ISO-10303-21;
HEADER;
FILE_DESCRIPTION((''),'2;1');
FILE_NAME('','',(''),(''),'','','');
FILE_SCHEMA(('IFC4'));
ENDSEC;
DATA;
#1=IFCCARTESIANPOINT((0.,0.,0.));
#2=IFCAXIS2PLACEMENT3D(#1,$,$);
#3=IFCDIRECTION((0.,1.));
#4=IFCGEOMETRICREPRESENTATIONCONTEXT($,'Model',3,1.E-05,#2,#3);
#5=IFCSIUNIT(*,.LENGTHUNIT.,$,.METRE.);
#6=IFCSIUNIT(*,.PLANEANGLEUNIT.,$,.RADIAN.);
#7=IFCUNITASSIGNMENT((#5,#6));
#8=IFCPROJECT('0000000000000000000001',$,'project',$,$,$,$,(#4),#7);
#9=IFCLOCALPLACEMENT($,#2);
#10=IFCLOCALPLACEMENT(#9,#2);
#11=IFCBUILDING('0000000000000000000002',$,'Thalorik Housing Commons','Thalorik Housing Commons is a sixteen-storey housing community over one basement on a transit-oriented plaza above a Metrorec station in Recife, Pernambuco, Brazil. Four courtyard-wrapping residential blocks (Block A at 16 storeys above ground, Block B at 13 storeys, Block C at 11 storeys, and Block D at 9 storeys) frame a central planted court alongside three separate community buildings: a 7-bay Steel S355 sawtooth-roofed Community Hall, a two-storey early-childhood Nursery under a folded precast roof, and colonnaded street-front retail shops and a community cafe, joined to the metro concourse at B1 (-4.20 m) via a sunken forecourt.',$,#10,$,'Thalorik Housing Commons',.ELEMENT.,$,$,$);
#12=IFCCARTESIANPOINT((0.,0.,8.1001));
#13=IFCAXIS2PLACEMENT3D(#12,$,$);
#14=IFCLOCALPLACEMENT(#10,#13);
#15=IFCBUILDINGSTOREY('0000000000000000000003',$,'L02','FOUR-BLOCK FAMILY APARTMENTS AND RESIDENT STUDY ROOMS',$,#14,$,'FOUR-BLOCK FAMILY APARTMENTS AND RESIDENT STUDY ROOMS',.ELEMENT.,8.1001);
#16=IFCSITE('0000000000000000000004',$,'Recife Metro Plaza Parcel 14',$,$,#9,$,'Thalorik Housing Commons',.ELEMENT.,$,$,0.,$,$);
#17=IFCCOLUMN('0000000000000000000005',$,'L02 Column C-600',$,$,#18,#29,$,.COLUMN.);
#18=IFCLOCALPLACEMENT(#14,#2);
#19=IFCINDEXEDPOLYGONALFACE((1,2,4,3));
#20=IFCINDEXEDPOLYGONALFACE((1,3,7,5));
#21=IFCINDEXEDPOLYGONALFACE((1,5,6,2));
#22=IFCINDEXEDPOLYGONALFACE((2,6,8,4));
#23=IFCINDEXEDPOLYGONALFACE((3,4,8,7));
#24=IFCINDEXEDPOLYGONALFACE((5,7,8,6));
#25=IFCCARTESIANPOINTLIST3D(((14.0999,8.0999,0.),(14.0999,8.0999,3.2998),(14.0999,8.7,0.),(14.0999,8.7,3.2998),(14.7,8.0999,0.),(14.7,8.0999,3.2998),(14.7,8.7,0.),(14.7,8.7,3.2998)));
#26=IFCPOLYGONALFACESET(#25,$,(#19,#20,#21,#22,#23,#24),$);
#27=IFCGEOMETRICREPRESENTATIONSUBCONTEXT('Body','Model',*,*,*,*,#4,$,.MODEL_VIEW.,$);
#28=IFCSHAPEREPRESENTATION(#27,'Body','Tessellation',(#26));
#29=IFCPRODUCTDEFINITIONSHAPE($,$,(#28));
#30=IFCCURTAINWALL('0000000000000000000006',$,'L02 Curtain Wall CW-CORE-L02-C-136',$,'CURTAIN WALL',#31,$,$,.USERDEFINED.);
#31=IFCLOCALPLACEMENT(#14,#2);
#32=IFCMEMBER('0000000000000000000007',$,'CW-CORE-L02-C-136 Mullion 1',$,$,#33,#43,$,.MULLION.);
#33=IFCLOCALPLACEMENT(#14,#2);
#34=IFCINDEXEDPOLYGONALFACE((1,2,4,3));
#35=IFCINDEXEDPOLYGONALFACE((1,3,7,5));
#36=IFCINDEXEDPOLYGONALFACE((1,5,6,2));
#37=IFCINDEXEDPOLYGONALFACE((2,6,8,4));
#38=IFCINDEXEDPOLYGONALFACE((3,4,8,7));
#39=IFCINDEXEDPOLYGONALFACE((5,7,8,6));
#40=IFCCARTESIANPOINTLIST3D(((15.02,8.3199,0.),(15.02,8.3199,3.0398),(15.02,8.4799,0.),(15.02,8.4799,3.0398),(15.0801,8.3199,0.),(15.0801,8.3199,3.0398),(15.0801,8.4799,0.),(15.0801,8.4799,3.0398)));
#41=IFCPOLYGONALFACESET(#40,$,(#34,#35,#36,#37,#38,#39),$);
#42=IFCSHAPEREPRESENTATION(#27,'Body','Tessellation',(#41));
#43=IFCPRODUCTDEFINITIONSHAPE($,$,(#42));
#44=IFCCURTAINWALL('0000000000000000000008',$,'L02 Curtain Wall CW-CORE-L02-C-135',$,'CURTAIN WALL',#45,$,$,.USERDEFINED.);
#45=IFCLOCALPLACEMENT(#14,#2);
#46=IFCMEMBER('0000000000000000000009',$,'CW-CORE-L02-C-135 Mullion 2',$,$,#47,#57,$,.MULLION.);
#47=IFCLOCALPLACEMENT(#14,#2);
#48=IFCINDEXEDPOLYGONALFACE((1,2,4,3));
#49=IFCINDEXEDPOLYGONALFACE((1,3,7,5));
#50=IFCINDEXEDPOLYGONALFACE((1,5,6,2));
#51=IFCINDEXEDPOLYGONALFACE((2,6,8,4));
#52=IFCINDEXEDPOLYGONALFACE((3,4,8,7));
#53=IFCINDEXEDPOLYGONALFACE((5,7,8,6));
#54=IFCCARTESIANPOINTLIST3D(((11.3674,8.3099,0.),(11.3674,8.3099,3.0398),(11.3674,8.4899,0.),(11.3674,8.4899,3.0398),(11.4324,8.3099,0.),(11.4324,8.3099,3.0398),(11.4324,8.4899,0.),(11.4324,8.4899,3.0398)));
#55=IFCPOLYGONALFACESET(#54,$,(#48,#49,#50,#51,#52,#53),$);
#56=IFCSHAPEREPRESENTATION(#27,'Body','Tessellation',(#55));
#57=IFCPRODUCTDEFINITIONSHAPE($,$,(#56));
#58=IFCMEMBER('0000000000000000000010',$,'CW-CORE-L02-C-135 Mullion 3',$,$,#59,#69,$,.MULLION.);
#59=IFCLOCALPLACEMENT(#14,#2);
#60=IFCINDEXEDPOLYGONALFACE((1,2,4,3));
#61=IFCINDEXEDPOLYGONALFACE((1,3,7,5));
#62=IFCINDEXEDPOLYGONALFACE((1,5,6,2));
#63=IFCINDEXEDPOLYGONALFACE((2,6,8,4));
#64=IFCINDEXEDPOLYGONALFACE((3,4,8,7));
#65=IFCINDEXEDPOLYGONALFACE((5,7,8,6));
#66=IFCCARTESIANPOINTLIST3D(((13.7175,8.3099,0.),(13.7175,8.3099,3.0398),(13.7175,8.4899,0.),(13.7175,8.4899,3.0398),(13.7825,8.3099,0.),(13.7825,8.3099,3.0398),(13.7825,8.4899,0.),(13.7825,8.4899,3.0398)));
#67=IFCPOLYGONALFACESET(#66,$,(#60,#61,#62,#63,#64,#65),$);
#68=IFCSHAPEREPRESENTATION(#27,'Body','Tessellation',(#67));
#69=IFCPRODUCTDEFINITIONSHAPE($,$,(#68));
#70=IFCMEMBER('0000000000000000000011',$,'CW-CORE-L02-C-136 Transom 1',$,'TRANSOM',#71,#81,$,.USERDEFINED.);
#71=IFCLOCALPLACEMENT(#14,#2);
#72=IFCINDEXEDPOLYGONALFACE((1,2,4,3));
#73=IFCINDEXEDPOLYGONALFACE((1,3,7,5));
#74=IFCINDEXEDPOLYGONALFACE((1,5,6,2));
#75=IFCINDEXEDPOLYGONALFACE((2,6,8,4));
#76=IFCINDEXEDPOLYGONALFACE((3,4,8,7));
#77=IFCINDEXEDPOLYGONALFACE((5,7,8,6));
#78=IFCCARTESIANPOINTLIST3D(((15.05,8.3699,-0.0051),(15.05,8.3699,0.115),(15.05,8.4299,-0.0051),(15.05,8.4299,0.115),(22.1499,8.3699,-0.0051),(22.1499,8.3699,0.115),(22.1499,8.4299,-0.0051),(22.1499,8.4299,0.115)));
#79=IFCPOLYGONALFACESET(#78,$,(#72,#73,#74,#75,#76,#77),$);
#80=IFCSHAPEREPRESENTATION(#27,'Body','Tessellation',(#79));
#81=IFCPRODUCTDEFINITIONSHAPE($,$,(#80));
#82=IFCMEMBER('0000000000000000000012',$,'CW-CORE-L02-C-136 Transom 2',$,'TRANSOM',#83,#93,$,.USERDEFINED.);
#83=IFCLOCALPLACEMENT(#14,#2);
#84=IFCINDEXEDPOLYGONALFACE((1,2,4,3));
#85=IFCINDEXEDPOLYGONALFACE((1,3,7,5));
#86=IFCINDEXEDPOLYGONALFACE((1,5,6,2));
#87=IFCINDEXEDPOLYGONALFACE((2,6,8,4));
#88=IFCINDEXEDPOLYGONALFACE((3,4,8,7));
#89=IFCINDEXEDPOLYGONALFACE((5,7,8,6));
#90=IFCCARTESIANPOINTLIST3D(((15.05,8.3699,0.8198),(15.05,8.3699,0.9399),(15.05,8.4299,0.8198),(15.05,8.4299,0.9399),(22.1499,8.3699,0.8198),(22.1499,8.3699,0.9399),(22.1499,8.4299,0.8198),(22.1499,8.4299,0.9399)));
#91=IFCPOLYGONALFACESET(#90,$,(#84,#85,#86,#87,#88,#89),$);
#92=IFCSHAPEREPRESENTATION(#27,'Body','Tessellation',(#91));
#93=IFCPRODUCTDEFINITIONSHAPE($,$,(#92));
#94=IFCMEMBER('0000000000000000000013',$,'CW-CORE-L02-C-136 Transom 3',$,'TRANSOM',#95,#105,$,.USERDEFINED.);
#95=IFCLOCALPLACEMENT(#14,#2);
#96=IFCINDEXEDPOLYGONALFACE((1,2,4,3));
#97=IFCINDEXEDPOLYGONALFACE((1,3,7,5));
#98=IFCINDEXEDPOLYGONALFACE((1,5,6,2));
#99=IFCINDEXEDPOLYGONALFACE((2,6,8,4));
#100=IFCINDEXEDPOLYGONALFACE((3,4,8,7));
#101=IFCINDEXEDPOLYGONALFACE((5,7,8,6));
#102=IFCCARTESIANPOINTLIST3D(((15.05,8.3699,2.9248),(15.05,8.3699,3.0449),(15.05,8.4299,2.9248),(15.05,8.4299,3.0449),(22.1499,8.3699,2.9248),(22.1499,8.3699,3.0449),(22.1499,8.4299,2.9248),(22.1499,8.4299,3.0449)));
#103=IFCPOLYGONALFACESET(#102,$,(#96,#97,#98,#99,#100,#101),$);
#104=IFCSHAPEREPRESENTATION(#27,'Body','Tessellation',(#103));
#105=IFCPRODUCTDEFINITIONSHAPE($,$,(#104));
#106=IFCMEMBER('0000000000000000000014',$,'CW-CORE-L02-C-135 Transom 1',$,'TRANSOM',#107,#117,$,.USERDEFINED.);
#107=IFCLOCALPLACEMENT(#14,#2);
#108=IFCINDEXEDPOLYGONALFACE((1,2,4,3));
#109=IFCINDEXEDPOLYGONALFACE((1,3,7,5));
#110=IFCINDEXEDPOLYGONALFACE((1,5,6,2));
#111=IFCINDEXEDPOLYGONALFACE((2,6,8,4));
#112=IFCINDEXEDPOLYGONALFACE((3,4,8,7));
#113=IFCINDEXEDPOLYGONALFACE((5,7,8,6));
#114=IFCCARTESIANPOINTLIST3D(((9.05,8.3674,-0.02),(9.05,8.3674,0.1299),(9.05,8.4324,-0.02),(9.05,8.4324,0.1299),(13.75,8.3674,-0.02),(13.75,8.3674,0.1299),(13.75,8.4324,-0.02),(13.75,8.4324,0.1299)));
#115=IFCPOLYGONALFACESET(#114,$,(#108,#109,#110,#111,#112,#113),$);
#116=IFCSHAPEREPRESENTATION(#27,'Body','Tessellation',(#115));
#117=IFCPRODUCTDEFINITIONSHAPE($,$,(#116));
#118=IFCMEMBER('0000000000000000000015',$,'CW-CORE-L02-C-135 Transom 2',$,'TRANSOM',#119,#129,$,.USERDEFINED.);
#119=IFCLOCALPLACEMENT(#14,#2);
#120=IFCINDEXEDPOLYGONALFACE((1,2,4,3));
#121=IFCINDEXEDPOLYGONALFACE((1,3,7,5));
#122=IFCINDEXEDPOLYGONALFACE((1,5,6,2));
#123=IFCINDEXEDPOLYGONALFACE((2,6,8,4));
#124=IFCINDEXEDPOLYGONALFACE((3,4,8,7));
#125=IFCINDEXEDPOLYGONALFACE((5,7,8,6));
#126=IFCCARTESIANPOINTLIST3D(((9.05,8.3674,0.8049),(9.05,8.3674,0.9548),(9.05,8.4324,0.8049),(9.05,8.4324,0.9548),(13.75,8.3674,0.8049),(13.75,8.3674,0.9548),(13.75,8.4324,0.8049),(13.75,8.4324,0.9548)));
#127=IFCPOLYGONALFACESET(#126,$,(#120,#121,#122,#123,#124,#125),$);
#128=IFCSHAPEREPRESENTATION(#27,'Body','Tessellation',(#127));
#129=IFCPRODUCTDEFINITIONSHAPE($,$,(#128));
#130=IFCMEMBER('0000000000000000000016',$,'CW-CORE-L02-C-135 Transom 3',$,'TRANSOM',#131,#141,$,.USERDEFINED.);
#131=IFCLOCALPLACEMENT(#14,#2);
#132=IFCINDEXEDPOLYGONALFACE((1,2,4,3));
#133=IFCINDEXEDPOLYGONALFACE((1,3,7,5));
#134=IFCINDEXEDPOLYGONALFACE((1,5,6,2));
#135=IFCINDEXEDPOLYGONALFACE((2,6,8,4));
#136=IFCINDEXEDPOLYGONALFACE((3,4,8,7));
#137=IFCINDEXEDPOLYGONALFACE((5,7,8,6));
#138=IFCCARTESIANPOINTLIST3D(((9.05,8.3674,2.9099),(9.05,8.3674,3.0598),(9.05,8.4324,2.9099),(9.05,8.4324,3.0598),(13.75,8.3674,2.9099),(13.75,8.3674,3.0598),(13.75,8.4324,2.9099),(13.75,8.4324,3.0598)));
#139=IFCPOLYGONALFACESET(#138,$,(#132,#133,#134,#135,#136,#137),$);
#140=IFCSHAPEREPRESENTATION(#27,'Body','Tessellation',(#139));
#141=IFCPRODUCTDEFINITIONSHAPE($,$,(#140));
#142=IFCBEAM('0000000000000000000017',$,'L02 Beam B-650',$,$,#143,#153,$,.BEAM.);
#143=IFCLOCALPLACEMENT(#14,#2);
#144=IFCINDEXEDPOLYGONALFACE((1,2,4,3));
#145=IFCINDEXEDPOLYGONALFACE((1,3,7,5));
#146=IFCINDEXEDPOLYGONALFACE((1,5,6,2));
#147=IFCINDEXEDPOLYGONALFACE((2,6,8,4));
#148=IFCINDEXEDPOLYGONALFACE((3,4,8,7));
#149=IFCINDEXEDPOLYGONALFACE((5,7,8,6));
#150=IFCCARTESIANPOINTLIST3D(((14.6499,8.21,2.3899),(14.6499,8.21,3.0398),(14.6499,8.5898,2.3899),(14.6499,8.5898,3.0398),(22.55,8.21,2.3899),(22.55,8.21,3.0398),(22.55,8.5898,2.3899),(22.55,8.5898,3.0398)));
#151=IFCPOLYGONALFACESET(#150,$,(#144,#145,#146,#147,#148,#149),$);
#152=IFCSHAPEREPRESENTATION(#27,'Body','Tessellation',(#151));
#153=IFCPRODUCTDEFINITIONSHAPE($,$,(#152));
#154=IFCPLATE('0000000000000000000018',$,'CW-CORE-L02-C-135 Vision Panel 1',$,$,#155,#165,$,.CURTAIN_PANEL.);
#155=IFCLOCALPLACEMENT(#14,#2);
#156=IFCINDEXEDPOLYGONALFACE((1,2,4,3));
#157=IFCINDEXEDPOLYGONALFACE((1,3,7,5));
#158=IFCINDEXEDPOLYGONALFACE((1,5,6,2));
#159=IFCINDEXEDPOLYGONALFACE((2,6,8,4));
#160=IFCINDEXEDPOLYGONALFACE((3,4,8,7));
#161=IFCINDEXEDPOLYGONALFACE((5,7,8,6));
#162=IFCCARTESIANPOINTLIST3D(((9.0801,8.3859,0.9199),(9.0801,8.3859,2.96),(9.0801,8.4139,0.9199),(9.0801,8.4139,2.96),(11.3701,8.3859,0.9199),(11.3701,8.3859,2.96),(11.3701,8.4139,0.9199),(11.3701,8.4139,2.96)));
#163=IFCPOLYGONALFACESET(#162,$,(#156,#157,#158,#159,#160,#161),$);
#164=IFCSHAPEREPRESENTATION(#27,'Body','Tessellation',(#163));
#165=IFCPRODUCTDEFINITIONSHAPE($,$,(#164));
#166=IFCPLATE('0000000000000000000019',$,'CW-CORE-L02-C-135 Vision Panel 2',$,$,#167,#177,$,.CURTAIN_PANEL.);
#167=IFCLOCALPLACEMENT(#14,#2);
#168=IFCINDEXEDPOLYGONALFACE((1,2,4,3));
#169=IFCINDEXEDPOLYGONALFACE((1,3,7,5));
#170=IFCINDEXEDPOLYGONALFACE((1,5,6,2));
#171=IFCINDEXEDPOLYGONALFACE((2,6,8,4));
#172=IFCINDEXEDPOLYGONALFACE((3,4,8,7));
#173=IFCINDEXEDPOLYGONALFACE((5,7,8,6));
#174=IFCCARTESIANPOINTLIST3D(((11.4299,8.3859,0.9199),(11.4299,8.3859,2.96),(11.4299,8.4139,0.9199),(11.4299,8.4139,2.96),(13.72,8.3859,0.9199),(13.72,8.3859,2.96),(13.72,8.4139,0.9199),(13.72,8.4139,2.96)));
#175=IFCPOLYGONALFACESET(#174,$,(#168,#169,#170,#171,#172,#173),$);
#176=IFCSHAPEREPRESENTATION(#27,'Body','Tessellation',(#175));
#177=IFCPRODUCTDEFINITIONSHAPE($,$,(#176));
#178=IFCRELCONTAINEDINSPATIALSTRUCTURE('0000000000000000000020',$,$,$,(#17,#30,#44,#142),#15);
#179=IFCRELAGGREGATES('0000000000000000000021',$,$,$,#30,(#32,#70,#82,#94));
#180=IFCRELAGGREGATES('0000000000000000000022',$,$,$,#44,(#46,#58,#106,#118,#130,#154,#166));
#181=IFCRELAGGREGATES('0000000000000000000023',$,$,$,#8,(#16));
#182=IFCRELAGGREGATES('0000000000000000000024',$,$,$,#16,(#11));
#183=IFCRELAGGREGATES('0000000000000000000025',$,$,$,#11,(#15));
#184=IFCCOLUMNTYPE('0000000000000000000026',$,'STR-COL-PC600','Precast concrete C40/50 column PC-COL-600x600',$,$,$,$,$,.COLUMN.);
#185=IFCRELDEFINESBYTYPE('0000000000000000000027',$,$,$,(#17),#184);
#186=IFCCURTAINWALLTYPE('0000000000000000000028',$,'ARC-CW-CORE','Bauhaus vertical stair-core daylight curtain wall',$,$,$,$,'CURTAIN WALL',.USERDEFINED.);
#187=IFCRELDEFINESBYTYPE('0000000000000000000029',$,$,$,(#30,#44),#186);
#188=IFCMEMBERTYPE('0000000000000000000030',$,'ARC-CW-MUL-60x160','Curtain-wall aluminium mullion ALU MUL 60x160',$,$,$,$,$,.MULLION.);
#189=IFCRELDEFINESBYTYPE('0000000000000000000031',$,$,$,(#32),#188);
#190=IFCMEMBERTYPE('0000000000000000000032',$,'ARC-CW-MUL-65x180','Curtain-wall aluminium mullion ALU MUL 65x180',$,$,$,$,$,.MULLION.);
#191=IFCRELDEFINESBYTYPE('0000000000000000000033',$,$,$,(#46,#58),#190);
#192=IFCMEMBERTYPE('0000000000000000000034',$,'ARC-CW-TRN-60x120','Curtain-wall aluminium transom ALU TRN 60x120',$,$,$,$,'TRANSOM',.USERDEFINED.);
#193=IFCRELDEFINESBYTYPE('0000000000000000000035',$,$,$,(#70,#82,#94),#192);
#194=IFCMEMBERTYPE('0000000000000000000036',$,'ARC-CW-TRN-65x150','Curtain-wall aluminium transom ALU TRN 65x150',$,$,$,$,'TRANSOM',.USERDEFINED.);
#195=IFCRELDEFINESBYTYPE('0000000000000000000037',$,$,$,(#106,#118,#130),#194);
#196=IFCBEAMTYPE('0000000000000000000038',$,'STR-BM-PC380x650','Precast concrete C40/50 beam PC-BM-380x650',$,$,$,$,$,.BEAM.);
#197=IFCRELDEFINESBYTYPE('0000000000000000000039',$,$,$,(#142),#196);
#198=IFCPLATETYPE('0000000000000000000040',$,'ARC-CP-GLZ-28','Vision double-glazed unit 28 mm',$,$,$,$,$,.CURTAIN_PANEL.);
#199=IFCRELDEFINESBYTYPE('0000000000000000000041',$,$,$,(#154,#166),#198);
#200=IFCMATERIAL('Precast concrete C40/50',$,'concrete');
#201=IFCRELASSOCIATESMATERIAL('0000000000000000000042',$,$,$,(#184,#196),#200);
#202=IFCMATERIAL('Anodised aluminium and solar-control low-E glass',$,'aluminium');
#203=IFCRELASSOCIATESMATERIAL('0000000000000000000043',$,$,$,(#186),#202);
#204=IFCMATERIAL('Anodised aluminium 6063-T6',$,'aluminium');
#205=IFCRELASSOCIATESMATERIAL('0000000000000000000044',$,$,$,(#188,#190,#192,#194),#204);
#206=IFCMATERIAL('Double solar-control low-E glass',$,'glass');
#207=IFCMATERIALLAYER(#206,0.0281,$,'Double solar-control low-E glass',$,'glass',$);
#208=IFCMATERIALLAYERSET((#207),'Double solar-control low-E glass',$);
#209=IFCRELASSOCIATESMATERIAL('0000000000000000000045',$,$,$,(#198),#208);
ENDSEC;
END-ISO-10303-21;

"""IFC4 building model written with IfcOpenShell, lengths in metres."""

from ifc_helpers import new_model, si_unit, direction, frame, origin, origin_2d, place, context, subcontext, project, spatial, rectangle, extrude, material, layer, layer_set, material_profile, profile_set, type_object, element, aggregate, save


model = new_model("IFC4")

# Units and contexts
model_context = context("Model", 3, precision=1e-05, world=origin(), true_north=direction((0.0, 1.0)))
body_context = subcontext(model_context, "Body", "Model", "MODEL_VIEW")
ifc_project = project(units=[si_unit("LENGTHUNIT", "METRE"), si_unit("PLANEANGLEUNIT", "RADIAN")], contexts=[model_context])

# Site, building, storey
site_placement = place(None, origin())
site = spatial("IfcSite", under=ifc_project, at=site_placement, Name="Recife Metro Plaza Parcel 14", LongName="Thalorik Housing Commons", CompositionType="ELEMENT", RefElevation=0.0)
building_placement = place(site_placement, origin())
building = spatial("IfcBuilding", under=site, at=building_placement, Name="Thalorik Housing Commons", Description="Thalorik Housing Commons is a sixteen-storey housing community over one basement on a transit-oriented plaza above a Metrorec station in Recife, Pernambuco, Brazil. Four courtyard-wrapping residential blocks (Block A at 16 storeys above ground, Block B at 13 storeys, Block C at 11 storeys, and Block D at 9 storeys) frame a central planted court alongside three separate community buildings: a 7-bay Steel S355 sawtooth-roofed Community Hall, a two-storey early-childhood Nursery under a folded precast roof, and colonnaded street-front retail shops and a community cafe, joined to the metro concourse at B1 (-4.20 m) via a sunken forecourt.", LongName="Thalorik Housing Commons", CompositionType="ELEMENT")
storey_placement = place(building_placement, frame((0.0, 0.0, 8.1001)))
storey = spatial("IfcBuildingStorey", under=building, at=storey_placement, Name="L02", Description="FOUR-BLOCK FAMILY APARTMENTS AND RESIDENT STUDY ROOMS", LongName="FOUR-BLOCK FAMILY APARTMENTS AND RESIDENT STUDY ROOMS", CompositionType="ELEMENT", Elevation=8.1001)

# Column
ifc_material_1 = material(Name="Precast concrete C40/50", Category="concrete")
ifc_material_profile_1 = material_profile(ifc_material_1, rectangle(XDim=0.6001, YDim=0.6001, at=origin_2d()), Name="PC 600x600", Category="concrete")
ifc_profile_set_1 = profile_set([ifc_material_profile_1], Name="Precast concrete C40/50")
column_type = type_object("IfcColumnType", Name="STR-COL-PC600", Description="Precast concrete C40/50 column PC-COL-600x600", PredefinedType="COLUMN", material=ifc_profile_set_1)
column_placement = place(storey_placement, frame((14.3999, 8.3999, 0.0), z_axis=(0.0, 0.0, 1.0), x_axis=(1.0, 0.0, 0.0)))
element("IfcColumn", 1, at=column_placement, inside=storey, type_object=column_type, Name="L02 Column C-600", PredefinedType="COLUMN", context=body_context, shape_type="SweptSolid", body=[
    extrude(rectangle(XDim=0.6001, YDim=0.6001, at=origin_2d()), origin(), (0.0, 0.0, 1.0), 3.2998),
])

# Curtain wall, member
ifc_material_2 = material(Name="Anodised aluminium and solar-control low-E glass", Category="aluminium")
curtain_wall_type = type_object("IfcCurtainWallType", Name="ARC-CW-CORE", Description="Bauhaus vertical stair-core daylight curtain wall", ElementType="CURTAIN WALL", PredefinedType="USERDEFINED", material=ifc_material_2)
curtain_wall_1_placement = place(storey_placement, origin())
curtain_wall_1 = element("IfcCurtainWall", 2, at=curtain_wall_1_placement, inside=storey, type_object=curtain_wall_type, Name="L02 Curtain Wall CW-CORE-L02-C-136", ObjectType="CURTAIN WALL", PredefinedType="USERDEFINED")
ifc_material_3 = material(Name="Anodised aluminium 6063-T6", Category="aluminium")
ifc_material_profile_2 = material_profile(ifc_material_3, rectangle(XDim=0.0601, YDim=0.1599, at=origin_2d()), Name="ALU MUL 60x160", Category="aluminium")
ifc_profile_set_2 = profile_set([ifc_material_profile_2], Name="Anodised aluminium 6063-T6")
member_type_1 = type_object("IfcMemberType", Name="ARC-CW-MUL-60x160", Description="Curtain-wall aluminium mullion ALU MUL 60x160", PredefinedType="MULLION", material=ifc_profile_set_2)
member_1_placement = place(storey_placement, frame((15.05, 8.3999, 0.0), z_axis=(0.0, 0.0, 1.0), x_axis=(1.0, 0.0, 0.0)))
member_1 = element("IfcMember", 3, at=member_1_placement, type_object=member_type_1, Name="CW-CORE-L02-C-136 Mullion 1", PredefinedType="MULLION", context=body_context, shape_type="SweptSolid", body=[
    extrude(rectangle(XDim=0.0601, YDim=0.1599, at=origin_2d()), origin(), (0.0, 0.0, 1.0), 3.0398),
])

# Curtain wall, members
curtain_wall_2_placement = place(storey_placement, origin())
curtain_wall_2 = element("IfcCurtainWall", 4, at=curtain_wall_2_placement, inside=storey, type_object=curtain_wall_type, Name="L02 Curtain Wall CW-CORE-L02-C-135", ObjectType="CURTAIN WALL", PredefinedType="USERDEFINED")
ifc_material_profile_3 = material_profile(ifc_material_3, rectangle(XDim=0.0649, YDim=0.1799, at=origin_2d()), Name="ALU MUL 65x180", Category="aluminium")
ifc_profile_set_3 = profile_set([ifc_material_profile_3], Name="Anodised aluminium 6063-T6")
member_type_2 = type_object("IfcMemberType", Name="ARC-CW-MUL-65x180", Description="Curtain-wall aluminium mullion ALU MUL 65x180", PredefinedType="MULLION", material=ifc_profile_set_3)
member_2_placement = place(storey_placement, frame((11.3999, 8.3999, 0.0), z_axis=(0.0, 0.0, 1.0), x_axis=(1.0, 0.0, 0.0)))
member_2 = element("IfcMember", 5, at=member_2_placement, type_object=member_type_2, Name="CW-CORE-L02-C-135 Mullion 2", PredefinedType="MULLION", context=body_context, shape_type="SweptSolid", body=[
    extrude(rectangle(XDim=0.0649, YDim=0.1799, at=origin_2d()), origin(), (0.0, 0.0, 1.0), 3.0398),
])
member_3_placement = place(storey_placement, frame((13.75, 8.3999, 0.0), z_axis=(0.0, 0.0, 1.0), x_axis=(1.0, 0.0, 0.0)))
member_3 = element("IfcMember", 6, at=member_3_placement, type_object=member_type_2, Name="CW-CORE-L02-C-135 Mullion 3", PredefinedType="MULLION", context=body_context, shape_type="SweptSolid", body=[
    extrude(rectangle(XDim=0.0649, YDim=0.1799, at=origin_2d()), origin(), (0.0, 0.0, 1.0), 3.0398),
])

# Members
ifc_material_profile_4 = material_profile(ifc_material_3, rectangle(XDim=0.0601, YDim=0.1201, at=origin_2d()), Name="ALU TRN 60x120", Category="aluminium")
ifc_profile_set_4 = profile_set([ifc_material_profile_4], Name="Anodised aluminium 6063-T6")
member_type_3 = type_object("IfcMemberType", Name="ARC-CW-TRN-60x120", Description="Curtain-wall aluminium transom ALU TRN 60x120", ElementType="TRANSOM", PredefinedType="USERDEFINED", material=ifc_profile_set_4)
member_4_placement = place(storey_placement, frame((15.05, 8.3999, 0.0549), z_axis=(1.0, 0.0, 0.0), x_axis=(0.0, 1.0, 0.0)))
member_4 = element("IfcMember", 7, at=member_4_placement, type_object=member_type_3, Name="CW-CORE-L02-C-136 Transom 1", ObjectType="TRANSOM", PredefinedType="USERDEFINED", context=body_context, shape_type="SweptSolid", body=[
    extrude(rectangle(XDim=0.0601, YDim=0.1201, at=origin_2d()), origin(), (0.0, 0.0, 1.0), 7.0999),
])
member_5_placement = place(storey_placement, frame((15.05, 8.3999, 0.8799), z_axis=(1.0, 0.0, 0.0), x_axis=(0.0, 1.0, 0.0)))
member_5 = element("IfcMember", 8, at=member_5_placement, type_object=member_type_3, Name="CW-CORE-L02-C-136 Transom 2", ObjectType="TRANSOM", PredefinedType="USERDEFINED", context=body_context, shape_type="SweptSolid", body=[
    extrude(rectangle(XDim=0.0601, YDim=0.1201, at=origin_2d()), origin(), (0.0, 0.0, 1.0), 7.0999),
])
member_6_placement = place(storey_placement, frame((15.05, 8.3999, 2.9849), z_axis=(1.0, 0.0, 0.0), x_axis=(0.0, 1.0, 0.0)))
member_6 = element("IfcMember", 9, at=member_6_placement, type_object=member_type_3, Name="CW-CORE-L02-C-136 Transom 3", ObjectType="TRANSOM", PredefinedType="USERDEFINED", context=body_context, shape_type="SweptSolid", body=[
    extrude(rectangle(XDim=0.0601, YDim=0.1201, at=origin_2d()), origin(), (0.0, 0.0, 1.0), 7.0999),
])
aggregate(curtain_wall_1, [member_1, member_4, member_5, member_6])
ifc_material_profile_5 = material_profile(ifc_material_3, rectangle(XDim=0.0649, YDim=0.1499, at=origin_2d()), Name="ALU TRN 65x150", Category="aluminium")
ifc_profile_set_5 = profile_set([ifc_material_profile_5], Name="Anodised aluminium 6063-T6")
member_type_4 = type_object("IfcMemberType", Name="ARC-CW-TRN-65x150", Description="Curtain-wall aluminium transom ALU TRN 65x150", ElementType="TRANSOM", PredefinedType="USERDEFINED", material=ifc_profile_set_5)
member_7_placement = place(storey_placement, frame((9.05, 8.3999, 0.0549), z_axis=(1.0, 0.0, 0.0), x_axis=(0.0, 1.0, 0.0)))
member_7 = element("IfcMember", 10, at=member_7_placement, type_object=member_type_4, Name="CW-CORE-L02-C-135 Transom 1", ObjectType="TRANSOM", PredefinedType="USERDEFINED", context=body_context, shape_type="SweptSolid", body=[
    extrude(rectangle(XDim=0.0649, YDim=0.1499, at=origin_2d()), origin(), (0.0, 0.0, 1.0), 4.7),
])
member_8_placement = place(storey_placement, frame((9.05, 8.3999, 0.8799), z_axis=(1.0, 0.0, 0.0), x_axis=(0.0, 1.0, 0.0)))
member_8 = element("IfcMember", 11, at=member_8_placement, type_object=member_type_4, Name="CW-CORE-L02-C-135 Transom 2", ObjectType="TRANSOM", PredefinedType="USERDEFINED", context=body_context, shape_type="SweptSolid", body=[
    extrude(rectangle(XDim=0.0649, YDim=0.1499, at=origin_2d()), origin(), (0.0, 0.0, 1.0), 4.7),
])
member_9_placement = place(storey_placement, frame((9.05, 8.3999, 2.9849), z_axis=(1.0, 0.0, 0.0), x_axis=(0.0, 1.0, 0.0)))
member_9 = element("IfcMember", 12, at=member_9_placement, type_object=member_type_4, Name="CW-CORE-L02-C-135 Transom 3", ObjectType="TRANSOM", PredefinedType="USERDEFINED", context=body_context, shape_type="SweptSolid", body=[
    extrude(rectangle(XDim=0.0649, YDim=0.1499, at=origin_2d()), origin(), (0.0, 0.0, 1.0), 4.7),
])

# Beam
ifc_material_profile_6 = material_profile(ifc_material_1, rectangle(XDim=0.3799, YDim=0.6499, at=origin_2d()), Name="PC 380x650", Category="concrete")
ifc_profile_set_6 = profile_set([ifc_material_profile_6], Name="Precast concrete C40/50")
beam_type = type_object("IfcBeamType", Name="STR-BM-PC380x650", Description="Precast concrete C40/50 beam PC-BM-380x650", PredefinedType="BEAM", material=ifc_profile_set_6)
beam_placement = place(storey_placement, frame((14.6499, 8.3999, 2.7148), z_axis=(1.0, 0.0, 0.0), x_axis=(0.0, 1.0, 0.0)))
element("IfcBeam", 13, at=beam_placement, inside=storey, type_object=beam_type, Name="L02 Beam B-650", PredefinedType="BEAM", context=body_context, shape_type="SweptSolid", body=[
    extrude(rectangle(XDim=0.3799, YDim=0.6499, at=origin_2d()), origin(), (0.0, 0.0, 1.0), 7.9001),
])

# Plates
ifc_material_4 = material(Name="Double solar-control low-E glass", Category="glass")
ifc_layer_1 = layer(ifc_material_4, 0.0281, Name="Double solar-control low-E glass", Category="glass")
ifc_layer_set_1 = layer_set([ifc_layer_1], Name="Double solar-control low-E glass")
plate_type_1 = type_object("IfcPlateType", Name="ARC-CP-GLZ-28", Description="Vision double-glazed unit 28 mm", PredefinedType="CURTAIN_PANEL", material=ifc_layer_set_1)
plate_1_placement = place(storey_placement, frame((10.2251, 8.3999, 0.9199), z_axis=(0.0, 0.0, 1.0), x_axis=(1.0, 0.0, 0.0)))
plate_1 = element("IfcPlate", 14, at=plate_1_placement, type_object=plate_type_1, Name="CW-CORE-L02-C-135 Vision Panel 1", PredefinedType="CURTAIN_PANEL", context=body_context, shape_type="SweptSolid", body=[
    extrude(rectangle(XDim=2.29, YDim=0.0281, at=origin_2d()), origin(), (0.0, 0.0, 1.0), 2.04),
])
plate_2_placement = place(storey_placement, frame((12.575, 8.3999, 0.9199), z_axis=(0.0, 0.0, 1.0), x_axis=(1.0, 0.0, 0.0)))
plate_2 = element("IfcPlate", 15, at=plate_2_placement, type_object=plate_type_1, Name="CW-CORE-L02-C-135 Vision Panel 2", PredefinedType="CURTAIN_PANEL", context=body_context, shape_type="SweptSolid", body=[
    extrude(rectangle(XDim=2.29, YDim=0.0281, at=origin_2d()), origin(), (0.0, 0.0, 1.0), 2.04),
])
aggregate(curtain_wall_2, [member_2, member_3, member_7, member_8, member_9, plate_1, plate_2])

save(model, "model.ifc")
